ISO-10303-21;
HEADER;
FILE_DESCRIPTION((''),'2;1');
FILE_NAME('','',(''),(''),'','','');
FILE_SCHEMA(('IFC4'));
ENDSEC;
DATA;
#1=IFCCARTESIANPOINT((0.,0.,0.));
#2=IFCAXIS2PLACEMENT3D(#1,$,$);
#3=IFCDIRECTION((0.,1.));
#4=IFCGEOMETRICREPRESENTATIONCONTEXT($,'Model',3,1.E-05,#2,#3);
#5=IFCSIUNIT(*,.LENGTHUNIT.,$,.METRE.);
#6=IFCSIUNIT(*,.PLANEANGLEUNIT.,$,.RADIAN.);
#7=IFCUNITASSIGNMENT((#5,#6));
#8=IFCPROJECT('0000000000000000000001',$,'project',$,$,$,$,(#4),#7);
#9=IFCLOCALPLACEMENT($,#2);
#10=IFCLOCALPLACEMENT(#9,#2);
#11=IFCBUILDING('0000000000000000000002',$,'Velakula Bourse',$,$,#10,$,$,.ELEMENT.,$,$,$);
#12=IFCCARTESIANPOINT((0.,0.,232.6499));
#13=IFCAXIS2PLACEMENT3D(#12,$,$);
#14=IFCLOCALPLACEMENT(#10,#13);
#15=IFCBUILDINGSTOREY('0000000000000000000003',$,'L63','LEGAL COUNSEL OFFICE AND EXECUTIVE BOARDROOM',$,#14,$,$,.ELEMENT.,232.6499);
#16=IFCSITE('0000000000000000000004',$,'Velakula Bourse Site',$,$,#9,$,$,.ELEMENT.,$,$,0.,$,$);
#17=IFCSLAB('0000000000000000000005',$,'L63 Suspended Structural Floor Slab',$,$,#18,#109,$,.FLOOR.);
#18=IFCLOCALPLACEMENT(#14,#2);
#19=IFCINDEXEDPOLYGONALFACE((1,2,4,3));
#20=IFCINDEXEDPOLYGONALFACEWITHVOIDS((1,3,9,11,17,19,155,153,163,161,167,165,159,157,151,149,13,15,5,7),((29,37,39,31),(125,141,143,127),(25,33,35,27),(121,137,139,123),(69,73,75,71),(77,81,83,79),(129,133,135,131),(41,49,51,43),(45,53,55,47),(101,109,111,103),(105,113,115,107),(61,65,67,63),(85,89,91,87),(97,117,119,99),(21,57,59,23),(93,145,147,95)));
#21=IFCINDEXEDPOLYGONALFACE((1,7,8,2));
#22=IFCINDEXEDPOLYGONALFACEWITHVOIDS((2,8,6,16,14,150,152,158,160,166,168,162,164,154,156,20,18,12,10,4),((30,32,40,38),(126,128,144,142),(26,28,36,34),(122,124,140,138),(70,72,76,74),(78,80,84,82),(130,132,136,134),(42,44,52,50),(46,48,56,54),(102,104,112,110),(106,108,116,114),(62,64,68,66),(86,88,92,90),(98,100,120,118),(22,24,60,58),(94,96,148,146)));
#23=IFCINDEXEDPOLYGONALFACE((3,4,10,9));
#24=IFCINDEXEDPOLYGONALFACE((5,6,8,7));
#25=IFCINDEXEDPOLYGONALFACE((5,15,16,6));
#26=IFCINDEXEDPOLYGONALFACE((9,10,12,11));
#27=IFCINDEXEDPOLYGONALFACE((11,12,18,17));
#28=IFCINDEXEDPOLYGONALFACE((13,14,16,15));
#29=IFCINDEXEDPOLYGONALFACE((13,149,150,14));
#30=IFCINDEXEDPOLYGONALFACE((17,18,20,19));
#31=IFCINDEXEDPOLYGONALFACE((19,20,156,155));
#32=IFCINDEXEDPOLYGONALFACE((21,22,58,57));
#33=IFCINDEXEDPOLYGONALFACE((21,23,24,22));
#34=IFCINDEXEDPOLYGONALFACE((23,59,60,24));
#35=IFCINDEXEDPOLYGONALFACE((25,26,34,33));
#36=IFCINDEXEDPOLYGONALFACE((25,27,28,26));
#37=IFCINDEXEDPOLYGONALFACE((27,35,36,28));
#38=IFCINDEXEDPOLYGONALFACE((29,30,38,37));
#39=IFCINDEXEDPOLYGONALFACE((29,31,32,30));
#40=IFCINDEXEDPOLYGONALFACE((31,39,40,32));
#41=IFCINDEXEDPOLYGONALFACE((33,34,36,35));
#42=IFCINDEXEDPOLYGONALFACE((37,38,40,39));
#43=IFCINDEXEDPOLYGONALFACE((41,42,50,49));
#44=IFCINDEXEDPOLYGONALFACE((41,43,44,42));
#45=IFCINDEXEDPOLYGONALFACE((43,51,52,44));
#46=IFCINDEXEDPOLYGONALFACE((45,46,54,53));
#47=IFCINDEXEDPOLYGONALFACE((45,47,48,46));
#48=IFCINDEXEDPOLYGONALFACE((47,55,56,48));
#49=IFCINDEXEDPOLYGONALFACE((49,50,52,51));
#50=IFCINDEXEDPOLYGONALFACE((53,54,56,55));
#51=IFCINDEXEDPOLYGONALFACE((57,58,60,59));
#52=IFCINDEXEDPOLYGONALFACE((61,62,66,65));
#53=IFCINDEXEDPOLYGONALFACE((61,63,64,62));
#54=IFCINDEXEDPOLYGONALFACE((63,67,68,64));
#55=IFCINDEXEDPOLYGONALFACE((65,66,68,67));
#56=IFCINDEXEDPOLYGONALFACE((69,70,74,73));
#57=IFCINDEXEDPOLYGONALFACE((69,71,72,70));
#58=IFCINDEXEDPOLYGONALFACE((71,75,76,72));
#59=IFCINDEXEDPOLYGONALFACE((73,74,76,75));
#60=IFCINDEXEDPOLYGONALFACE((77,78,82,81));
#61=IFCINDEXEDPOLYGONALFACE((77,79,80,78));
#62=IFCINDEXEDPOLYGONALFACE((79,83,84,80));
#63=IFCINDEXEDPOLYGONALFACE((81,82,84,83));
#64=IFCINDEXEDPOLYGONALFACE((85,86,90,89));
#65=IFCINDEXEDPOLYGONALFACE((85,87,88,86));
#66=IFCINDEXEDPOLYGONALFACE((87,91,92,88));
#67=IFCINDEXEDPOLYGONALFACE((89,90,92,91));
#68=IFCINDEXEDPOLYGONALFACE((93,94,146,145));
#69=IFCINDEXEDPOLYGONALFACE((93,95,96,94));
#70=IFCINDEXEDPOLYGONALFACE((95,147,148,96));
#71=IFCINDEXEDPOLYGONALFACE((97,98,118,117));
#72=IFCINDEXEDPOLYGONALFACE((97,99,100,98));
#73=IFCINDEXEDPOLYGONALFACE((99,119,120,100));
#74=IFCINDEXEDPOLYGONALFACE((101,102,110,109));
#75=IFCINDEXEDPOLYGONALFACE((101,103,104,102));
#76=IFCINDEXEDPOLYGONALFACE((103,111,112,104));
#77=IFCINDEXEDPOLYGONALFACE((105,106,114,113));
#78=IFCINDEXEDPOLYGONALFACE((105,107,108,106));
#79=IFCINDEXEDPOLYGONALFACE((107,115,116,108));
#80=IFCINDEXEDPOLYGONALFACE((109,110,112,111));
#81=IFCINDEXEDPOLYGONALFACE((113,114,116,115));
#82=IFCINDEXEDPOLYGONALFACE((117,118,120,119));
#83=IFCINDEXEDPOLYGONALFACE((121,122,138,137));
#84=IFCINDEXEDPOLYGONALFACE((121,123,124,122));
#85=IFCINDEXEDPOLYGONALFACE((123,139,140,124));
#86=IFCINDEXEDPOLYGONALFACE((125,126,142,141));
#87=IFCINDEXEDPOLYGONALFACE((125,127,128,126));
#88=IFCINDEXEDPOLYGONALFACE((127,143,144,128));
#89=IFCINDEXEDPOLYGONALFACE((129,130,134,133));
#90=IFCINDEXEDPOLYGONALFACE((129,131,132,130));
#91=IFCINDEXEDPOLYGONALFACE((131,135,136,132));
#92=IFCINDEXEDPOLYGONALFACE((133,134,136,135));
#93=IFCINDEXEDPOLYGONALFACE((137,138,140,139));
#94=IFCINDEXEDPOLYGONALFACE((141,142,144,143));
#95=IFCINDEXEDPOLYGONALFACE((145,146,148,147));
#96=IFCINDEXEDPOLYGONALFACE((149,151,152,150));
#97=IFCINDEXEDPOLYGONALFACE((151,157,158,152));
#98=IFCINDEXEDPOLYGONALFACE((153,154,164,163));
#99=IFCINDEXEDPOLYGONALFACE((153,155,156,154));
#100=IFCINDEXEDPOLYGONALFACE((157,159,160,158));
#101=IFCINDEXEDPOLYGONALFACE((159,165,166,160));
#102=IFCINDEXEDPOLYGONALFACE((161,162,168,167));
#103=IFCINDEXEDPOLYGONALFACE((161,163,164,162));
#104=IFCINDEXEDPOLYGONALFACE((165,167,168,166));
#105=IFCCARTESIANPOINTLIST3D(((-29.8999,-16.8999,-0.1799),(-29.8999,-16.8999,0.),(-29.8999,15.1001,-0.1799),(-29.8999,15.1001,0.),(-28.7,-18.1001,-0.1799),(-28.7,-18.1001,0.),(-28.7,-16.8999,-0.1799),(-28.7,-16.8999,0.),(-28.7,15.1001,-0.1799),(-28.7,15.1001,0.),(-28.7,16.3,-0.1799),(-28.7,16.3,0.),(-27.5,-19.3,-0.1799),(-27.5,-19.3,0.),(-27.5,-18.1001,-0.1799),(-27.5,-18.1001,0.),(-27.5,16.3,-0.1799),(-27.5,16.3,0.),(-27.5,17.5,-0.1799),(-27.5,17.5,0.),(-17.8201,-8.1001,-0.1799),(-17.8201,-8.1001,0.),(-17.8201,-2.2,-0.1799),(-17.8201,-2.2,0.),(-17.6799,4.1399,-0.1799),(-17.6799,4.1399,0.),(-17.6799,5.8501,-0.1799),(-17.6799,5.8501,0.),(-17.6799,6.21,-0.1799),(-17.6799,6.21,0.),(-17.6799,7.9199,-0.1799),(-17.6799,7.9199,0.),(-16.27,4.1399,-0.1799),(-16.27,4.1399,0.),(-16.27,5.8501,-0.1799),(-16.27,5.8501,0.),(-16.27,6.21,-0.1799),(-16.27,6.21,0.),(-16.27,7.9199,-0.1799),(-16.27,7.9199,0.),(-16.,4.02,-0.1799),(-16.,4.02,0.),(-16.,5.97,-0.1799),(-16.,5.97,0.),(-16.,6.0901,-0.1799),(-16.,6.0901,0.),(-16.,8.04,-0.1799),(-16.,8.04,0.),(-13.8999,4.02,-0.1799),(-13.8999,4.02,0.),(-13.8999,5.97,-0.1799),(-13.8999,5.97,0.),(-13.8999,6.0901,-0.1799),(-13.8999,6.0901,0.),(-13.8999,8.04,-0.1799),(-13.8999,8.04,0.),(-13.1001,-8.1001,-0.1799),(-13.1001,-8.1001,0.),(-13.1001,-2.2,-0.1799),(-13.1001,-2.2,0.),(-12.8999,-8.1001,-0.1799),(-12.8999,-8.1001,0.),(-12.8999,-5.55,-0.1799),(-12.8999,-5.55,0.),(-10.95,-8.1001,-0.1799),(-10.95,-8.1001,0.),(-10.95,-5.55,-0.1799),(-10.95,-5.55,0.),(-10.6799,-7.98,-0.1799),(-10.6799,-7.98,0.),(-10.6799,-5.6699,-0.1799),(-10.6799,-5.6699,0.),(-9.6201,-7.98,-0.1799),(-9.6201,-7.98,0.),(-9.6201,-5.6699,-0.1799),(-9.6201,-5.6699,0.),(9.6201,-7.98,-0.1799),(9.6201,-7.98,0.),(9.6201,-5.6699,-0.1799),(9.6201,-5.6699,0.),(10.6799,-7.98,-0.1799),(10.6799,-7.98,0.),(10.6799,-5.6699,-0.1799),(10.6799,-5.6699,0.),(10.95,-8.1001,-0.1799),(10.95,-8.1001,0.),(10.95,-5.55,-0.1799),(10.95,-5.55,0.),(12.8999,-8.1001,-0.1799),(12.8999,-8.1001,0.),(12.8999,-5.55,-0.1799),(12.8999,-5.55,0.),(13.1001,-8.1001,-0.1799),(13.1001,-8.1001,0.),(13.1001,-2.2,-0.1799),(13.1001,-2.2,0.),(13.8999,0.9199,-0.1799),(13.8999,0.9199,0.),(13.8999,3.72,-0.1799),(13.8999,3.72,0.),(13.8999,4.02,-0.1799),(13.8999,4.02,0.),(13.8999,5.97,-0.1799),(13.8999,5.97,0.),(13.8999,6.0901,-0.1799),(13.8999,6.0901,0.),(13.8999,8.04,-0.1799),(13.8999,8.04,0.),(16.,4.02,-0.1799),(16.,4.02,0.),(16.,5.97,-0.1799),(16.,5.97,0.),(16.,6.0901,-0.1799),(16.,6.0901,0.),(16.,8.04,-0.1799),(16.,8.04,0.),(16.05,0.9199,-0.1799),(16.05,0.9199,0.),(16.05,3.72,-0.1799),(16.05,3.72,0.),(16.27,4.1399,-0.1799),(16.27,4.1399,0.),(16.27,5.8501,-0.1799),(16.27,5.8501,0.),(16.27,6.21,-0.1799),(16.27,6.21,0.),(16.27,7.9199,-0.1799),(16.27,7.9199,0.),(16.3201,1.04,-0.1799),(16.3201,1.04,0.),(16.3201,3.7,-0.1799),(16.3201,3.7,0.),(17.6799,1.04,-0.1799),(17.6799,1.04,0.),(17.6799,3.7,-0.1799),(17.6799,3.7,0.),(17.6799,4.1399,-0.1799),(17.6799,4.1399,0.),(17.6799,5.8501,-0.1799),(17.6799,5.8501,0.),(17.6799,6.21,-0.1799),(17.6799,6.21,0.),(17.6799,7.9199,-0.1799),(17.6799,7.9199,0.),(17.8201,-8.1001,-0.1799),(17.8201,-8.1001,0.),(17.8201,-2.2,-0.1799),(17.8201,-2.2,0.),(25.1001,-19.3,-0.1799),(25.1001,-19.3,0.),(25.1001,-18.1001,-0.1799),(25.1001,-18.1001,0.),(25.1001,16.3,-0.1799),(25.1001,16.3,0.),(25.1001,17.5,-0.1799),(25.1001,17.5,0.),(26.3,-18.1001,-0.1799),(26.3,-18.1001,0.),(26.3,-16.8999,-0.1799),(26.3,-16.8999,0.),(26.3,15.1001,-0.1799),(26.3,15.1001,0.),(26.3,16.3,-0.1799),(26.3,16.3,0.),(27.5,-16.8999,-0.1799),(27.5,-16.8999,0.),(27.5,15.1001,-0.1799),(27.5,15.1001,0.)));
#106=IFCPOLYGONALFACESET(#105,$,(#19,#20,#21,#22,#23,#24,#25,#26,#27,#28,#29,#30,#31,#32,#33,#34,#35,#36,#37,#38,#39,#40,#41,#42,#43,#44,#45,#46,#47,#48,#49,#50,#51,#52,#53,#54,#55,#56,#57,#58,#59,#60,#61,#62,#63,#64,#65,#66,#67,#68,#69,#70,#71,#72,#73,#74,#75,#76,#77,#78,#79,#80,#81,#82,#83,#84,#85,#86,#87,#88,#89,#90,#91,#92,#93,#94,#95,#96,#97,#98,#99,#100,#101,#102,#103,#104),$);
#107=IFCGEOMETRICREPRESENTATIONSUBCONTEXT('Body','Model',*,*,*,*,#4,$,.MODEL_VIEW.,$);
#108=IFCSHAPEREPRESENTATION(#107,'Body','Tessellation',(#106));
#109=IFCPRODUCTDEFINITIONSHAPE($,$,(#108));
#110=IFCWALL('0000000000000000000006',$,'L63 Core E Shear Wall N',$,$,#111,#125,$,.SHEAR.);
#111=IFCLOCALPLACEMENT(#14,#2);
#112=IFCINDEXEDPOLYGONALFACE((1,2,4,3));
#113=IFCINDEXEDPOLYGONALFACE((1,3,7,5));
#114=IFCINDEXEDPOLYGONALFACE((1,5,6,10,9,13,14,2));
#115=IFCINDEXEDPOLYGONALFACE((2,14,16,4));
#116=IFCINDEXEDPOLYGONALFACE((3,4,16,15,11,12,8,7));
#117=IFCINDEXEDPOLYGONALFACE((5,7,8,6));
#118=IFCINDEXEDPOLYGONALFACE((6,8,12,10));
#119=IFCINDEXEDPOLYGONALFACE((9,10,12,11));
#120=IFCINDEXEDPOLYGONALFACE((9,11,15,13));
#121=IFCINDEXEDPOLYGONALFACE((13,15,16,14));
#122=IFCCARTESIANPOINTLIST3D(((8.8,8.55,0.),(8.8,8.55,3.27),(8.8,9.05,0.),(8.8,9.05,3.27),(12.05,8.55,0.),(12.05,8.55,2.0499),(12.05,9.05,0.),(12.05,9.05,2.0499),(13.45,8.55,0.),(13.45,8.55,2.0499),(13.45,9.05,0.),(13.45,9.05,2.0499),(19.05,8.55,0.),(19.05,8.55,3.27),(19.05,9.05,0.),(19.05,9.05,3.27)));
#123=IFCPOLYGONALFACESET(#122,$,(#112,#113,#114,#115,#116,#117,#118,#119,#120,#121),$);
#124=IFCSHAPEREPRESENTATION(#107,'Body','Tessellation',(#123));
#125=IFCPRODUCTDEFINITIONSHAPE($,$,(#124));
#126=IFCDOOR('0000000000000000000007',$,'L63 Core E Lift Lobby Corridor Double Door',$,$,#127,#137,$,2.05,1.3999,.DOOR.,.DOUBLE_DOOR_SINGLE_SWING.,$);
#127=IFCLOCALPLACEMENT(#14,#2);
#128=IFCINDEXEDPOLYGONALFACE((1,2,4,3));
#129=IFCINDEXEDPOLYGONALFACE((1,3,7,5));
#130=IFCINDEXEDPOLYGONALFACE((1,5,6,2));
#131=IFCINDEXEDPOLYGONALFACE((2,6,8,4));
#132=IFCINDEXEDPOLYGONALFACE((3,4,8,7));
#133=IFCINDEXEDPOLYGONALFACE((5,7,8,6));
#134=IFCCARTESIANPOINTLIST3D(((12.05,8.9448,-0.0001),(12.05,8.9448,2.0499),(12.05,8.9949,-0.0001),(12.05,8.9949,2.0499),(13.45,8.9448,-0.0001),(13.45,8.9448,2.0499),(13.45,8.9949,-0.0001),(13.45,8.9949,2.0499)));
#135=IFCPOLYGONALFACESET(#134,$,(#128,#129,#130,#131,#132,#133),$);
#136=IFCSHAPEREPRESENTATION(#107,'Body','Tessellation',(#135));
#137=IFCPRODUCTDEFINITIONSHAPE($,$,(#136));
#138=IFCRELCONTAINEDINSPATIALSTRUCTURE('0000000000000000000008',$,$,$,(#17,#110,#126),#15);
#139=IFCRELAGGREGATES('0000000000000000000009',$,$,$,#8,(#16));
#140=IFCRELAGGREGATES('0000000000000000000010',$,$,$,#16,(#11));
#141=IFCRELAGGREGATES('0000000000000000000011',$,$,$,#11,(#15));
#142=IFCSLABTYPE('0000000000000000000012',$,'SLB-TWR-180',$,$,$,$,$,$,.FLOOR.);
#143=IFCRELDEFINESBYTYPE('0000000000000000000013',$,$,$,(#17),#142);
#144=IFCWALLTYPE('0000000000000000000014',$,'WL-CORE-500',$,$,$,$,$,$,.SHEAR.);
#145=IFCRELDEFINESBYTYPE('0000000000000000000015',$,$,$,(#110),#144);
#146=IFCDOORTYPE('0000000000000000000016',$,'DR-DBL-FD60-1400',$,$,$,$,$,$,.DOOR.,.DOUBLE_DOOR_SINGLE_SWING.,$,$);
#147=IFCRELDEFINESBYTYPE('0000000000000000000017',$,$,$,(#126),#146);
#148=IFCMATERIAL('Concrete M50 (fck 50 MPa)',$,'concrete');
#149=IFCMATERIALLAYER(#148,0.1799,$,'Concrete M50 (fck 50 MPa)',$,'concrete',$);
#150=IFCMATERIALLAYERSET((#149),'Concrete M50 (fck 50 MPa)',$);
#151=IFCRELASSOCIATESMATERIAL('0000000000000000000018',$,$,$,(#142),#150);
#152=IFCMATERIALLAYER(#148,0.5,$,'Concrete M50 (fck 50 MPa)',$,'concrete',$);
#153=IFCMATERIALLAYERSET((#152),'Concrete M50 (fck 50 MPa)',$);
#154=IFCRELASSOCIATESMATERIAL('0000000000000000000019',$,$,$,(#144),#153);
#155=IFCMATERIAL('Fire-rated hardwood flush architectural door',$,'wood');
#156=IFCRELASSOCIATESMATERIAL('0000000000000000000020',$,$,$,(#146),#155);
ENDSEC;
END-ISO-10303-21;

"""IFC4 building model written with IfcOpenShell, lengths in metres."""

from ifc_helpers import new_model, si_unit, direction, frame, frame_2d, origin, place, context, subcontext, project, spatial, polyline, rectangle, outline, extrude, material, layer, layer_set, type_object, element, fill, save


model = new_model("IFC4")

# Units and contexts
model_context = context("Model", 3, precision=1e-05, world=origin(), true_north=direction((0.0, 1.0)))
body_context = subcontext(model_context, "Body", "Model", "MODEL_VIEW")
ifc_project = project(units=[si_unit("LENGTHUNIT", "METRE"), si_unit("PLANEANGLEUNIT", "RADIAN")], contexts=[model_context])

# Site, building, storey
site_placement = place(None, origin())
site = spatial("IfcSite", under=ifc_project, at=site_placement, Name="Velakula Bourse Site", CompositionType="ELEMENT", RefElevation=0.0)
building_placement = place(site_placement, origin())
building = spatial("IfcBuilding", under=site, at=building_placement, Name="Velakula Bourse", CompositionType="ELEMENT")
storey_placement = place(building_placement, frame((0.0, 0.0, 232.6499)))
storey = spatial("IfcBuildingStorey", under=building, at=storey_placement, Name="L63", Description="LEGAL COUNSEL OFFICE AND EXECUTIVE BOARDROOM", CompositionType="ELEMENT", Elevation=232.6499)

# Shared definitions
ifc_material_1 = material(Name="Concrete M50 (fck 50 MPa)", Category="concrete")

# Slab
ifc_layer_1 = layer(ifc_material_1, 0.1799, Name="Concrete M50 (fck 50 MPa)", Category="concrete")
ifc_layer_set_1 = layer_set([ifc_layer_1], Name="Concrete M50 (fck 50 MPa)")
slab_type_1 = type_object("IfcSlabType", Name="SLB-TWR-180", PredefinedType="FLOOR", material=ifc_layer_set_1)
slab_1_placement = place(storey_placement, frame((0.0, 0.0, -0.1799)))
element("IfcSlab", 1, at=slab_1_placement, inside=storey, type_object=slab_type_1, Name="L63 Suspended Structural Floor Slab", PredefinedType="FLOOR", context=body_context, shape_type="SweptSolid", body=[
    extrude(outline(polyline([(-27.5, -19.3), (25.1001, -19.3), (25.1001, -18.1001), (26.3, -18.1001), (26.3, -16.8999), (27.5, -16.8999), (27.5, 15.1001), (26.3, 15.1001), (26.3, 16.3), (25.1001, 16.3), (25.1001, 17.5), (-27.5, 17.5), (-27.5, 16.3), (-28.7, 16.3), (-28.7, 15.1001), (-29.8999, 15.1001), (-29.8999, -16.8999), (-28.7, -16.8999), (-28.7, -18.1001), (-27.5, -18.1001), (-27.5, -19.3)]), holes=[polyline([(-17.8201, -8.1001), (-13.1001, -8.1001), (-13.1001, -2.2), (-17.8201, -2.2), (-17.8201, -8.1001)]), polyline([(13.1001, -8.1001), (17.8201, -8.1001), (17.8201, -2.2), (13.1001, -2.2), (13.1001, -8.1001)]), polyline([(-12.8999, -8.1001), (-10.95, -8.1001), (-10.95, -5.55), (-12.8999, -5.55), (-12.8999, -8.1001)]), polyline([(10.95, -8.1001), (12.8999, -8.1001), (12.8999, -5.55), (10.95, -5.55), (10.95, -8.1001)]), polyline([(13.8999, 0.9199), (16.05, 0.9199), (16.05, 3.72), (13.8999, 3.72), (13.8999, 0.9199)]), polyline([(-10.6799, -7.98), (-9.6201, -7.98), (-9.6201, -5.6699), (-10.6799, -5.6699), (-10.6799, -7.98)]), polyline([(-17.6799, 4.1399), (-16.27, 4.1399), (-16.27, 5.8501), (-17.6799, 5.8501), (-17.6799, 4.1399)]), polyline([(-17.6799, 6.21), (-16.27, 6.21), (-16.27, 7.9199), (-17.6799, 7.9199), (-17.6799, 6.21)]), polyline([(9.6201, -7.98), (10.6799, -7.98), (10.6799, -5.6699), (9.6201, -5.6699), (9.6201, -7.98)]), polyline([(16.27, 4.1399), (17.6799, 4.1399), (17.6799, 5.8501), (16.27, 5.8501), (16.27, 4.1399)]), polyline([(16.27, 6.21), (17.6799, 6.21), (17.6799, 7.9199), (16.27, 7.9199), (16.27, 6.21)]), polyline([(16.3201, 1.04), (17.6799, 1.04), (17.6799, 3.7), (16.3201, 3.7), (16.3201, 1.04)]), polyline([(-16.0, 4.02), (-13.8999, 4.02), (-13.8999, 5.97), (-16.0, 5.97), (-16.0, 4.02)]), polyline([(-16.0, 6.0901), (-13.8999, 6.0901), (-13.8999, 8.04), (-16.0, 8.04), (-16.0, 6.0901)]), polyline([(13.8999, 4.02), (16.0, 4.02), (16.0, 5.97), (13.8999, 5.97), (13.8999, 4.02)]), polyline([(13.8999, 6.0901), (16.0, 6.0901), (16.0, 8.04), (13.8999, 8.04), (13.8999, 6.0901)])]), origin(), (0.0, 0.0, 1.0), 0.1799),
])

# Wall, opening, door
ifc_layer_2 = layer(ifc_material_1, 0.5, Name="Concrete M50 (fck 50 MPa)", Category="concrete")
ifc_layer_set_2 = layer_set([ifc_layer_2], Name="Concrete M50 (fck 50 MPa)")
wall_type_1 = type_object("IfcWallType", Name="WL-CORE-500", PredefinedType="SHEAR", material=ifc_layer_set_2)
wall_1_placement = place(storey_placement, frame((8.8, 8.8, 0.0), z_axis=(0.0, 0.0, 1.0), x_axis=(1.0, 0.0, 0.0)))
wall_1 = element("IfcWall", 2, at=wall_1_placement, inside=storey, type_object=wall_type_1, Name="L63 Core E Shear Wall N", PredefinedType="SHEAR", context=body_context, shape_type="SweptSolid", body=[
    extrude(rectangle(XDim=10.25, YDim=0.5, at=frame_2d((5.125, 0.0))), origin(), (0.0, 0.0, 1.0), 3.27),
])
opening_1_placement = place(wall_1_placement, frame((3.25, 0.0, 0.0)))
opening_1 = element("IfcOpeningElement", 3, at=opening_1_placement, cuts=wall_1, PredefinedType="OPENING", context=body_context, shape_type="SweptSolid", body=[
    extrude(rectangle(XDim=1.3999, YDim=2.05, at=frame_2d((0.7, 1.0249))), frame((0.0, 0.26, 0.0), z_axis=(0.0, -1.0, 0.0), x_axis=(1.0, 0.0, 0.0)), (0.0, 0.0, 1.0), 0.52),
])
ifc_material_2 = material(Name="Fire-rated hardwood flush architectural door", Category="wood")
door_type = type_object("IfcDoorType", Name="DR-DBL-FD60-1400", OperationType="DOUBLE_DOOR_SINGLE_SWING", PredefinedType="DOOR", material=ifc_material_2)
door_placement = place(opening_1_placement, origin())
door = element("IfcDoor", 4, at=door_placement, inside=storey, type_object=door_type, Name="L63 Core E Lift Lobby Corridor Double Door", OperationType="DOUBLE_DOOR_SINGLE_SWING", OverallHeight=2.05, OverallWidth=1.3999, PredefinedType="DOOR", context=body_context, shape_type="SweptSolid", body=[
    extrude(rectangle(XDim=1.3999, YDim=2.05, at=frame_2d((0.7, 1.0249))), frame((0.0, 0.1948, 0.0), z_axis=(0.0, -1.0, 0.0), x_axis=(1.0, 0.0, 0.0)), (0.0, 0.0, 1.0), 0.05),
])
fill(opening_1, door)

save(model, "model.ifc")
